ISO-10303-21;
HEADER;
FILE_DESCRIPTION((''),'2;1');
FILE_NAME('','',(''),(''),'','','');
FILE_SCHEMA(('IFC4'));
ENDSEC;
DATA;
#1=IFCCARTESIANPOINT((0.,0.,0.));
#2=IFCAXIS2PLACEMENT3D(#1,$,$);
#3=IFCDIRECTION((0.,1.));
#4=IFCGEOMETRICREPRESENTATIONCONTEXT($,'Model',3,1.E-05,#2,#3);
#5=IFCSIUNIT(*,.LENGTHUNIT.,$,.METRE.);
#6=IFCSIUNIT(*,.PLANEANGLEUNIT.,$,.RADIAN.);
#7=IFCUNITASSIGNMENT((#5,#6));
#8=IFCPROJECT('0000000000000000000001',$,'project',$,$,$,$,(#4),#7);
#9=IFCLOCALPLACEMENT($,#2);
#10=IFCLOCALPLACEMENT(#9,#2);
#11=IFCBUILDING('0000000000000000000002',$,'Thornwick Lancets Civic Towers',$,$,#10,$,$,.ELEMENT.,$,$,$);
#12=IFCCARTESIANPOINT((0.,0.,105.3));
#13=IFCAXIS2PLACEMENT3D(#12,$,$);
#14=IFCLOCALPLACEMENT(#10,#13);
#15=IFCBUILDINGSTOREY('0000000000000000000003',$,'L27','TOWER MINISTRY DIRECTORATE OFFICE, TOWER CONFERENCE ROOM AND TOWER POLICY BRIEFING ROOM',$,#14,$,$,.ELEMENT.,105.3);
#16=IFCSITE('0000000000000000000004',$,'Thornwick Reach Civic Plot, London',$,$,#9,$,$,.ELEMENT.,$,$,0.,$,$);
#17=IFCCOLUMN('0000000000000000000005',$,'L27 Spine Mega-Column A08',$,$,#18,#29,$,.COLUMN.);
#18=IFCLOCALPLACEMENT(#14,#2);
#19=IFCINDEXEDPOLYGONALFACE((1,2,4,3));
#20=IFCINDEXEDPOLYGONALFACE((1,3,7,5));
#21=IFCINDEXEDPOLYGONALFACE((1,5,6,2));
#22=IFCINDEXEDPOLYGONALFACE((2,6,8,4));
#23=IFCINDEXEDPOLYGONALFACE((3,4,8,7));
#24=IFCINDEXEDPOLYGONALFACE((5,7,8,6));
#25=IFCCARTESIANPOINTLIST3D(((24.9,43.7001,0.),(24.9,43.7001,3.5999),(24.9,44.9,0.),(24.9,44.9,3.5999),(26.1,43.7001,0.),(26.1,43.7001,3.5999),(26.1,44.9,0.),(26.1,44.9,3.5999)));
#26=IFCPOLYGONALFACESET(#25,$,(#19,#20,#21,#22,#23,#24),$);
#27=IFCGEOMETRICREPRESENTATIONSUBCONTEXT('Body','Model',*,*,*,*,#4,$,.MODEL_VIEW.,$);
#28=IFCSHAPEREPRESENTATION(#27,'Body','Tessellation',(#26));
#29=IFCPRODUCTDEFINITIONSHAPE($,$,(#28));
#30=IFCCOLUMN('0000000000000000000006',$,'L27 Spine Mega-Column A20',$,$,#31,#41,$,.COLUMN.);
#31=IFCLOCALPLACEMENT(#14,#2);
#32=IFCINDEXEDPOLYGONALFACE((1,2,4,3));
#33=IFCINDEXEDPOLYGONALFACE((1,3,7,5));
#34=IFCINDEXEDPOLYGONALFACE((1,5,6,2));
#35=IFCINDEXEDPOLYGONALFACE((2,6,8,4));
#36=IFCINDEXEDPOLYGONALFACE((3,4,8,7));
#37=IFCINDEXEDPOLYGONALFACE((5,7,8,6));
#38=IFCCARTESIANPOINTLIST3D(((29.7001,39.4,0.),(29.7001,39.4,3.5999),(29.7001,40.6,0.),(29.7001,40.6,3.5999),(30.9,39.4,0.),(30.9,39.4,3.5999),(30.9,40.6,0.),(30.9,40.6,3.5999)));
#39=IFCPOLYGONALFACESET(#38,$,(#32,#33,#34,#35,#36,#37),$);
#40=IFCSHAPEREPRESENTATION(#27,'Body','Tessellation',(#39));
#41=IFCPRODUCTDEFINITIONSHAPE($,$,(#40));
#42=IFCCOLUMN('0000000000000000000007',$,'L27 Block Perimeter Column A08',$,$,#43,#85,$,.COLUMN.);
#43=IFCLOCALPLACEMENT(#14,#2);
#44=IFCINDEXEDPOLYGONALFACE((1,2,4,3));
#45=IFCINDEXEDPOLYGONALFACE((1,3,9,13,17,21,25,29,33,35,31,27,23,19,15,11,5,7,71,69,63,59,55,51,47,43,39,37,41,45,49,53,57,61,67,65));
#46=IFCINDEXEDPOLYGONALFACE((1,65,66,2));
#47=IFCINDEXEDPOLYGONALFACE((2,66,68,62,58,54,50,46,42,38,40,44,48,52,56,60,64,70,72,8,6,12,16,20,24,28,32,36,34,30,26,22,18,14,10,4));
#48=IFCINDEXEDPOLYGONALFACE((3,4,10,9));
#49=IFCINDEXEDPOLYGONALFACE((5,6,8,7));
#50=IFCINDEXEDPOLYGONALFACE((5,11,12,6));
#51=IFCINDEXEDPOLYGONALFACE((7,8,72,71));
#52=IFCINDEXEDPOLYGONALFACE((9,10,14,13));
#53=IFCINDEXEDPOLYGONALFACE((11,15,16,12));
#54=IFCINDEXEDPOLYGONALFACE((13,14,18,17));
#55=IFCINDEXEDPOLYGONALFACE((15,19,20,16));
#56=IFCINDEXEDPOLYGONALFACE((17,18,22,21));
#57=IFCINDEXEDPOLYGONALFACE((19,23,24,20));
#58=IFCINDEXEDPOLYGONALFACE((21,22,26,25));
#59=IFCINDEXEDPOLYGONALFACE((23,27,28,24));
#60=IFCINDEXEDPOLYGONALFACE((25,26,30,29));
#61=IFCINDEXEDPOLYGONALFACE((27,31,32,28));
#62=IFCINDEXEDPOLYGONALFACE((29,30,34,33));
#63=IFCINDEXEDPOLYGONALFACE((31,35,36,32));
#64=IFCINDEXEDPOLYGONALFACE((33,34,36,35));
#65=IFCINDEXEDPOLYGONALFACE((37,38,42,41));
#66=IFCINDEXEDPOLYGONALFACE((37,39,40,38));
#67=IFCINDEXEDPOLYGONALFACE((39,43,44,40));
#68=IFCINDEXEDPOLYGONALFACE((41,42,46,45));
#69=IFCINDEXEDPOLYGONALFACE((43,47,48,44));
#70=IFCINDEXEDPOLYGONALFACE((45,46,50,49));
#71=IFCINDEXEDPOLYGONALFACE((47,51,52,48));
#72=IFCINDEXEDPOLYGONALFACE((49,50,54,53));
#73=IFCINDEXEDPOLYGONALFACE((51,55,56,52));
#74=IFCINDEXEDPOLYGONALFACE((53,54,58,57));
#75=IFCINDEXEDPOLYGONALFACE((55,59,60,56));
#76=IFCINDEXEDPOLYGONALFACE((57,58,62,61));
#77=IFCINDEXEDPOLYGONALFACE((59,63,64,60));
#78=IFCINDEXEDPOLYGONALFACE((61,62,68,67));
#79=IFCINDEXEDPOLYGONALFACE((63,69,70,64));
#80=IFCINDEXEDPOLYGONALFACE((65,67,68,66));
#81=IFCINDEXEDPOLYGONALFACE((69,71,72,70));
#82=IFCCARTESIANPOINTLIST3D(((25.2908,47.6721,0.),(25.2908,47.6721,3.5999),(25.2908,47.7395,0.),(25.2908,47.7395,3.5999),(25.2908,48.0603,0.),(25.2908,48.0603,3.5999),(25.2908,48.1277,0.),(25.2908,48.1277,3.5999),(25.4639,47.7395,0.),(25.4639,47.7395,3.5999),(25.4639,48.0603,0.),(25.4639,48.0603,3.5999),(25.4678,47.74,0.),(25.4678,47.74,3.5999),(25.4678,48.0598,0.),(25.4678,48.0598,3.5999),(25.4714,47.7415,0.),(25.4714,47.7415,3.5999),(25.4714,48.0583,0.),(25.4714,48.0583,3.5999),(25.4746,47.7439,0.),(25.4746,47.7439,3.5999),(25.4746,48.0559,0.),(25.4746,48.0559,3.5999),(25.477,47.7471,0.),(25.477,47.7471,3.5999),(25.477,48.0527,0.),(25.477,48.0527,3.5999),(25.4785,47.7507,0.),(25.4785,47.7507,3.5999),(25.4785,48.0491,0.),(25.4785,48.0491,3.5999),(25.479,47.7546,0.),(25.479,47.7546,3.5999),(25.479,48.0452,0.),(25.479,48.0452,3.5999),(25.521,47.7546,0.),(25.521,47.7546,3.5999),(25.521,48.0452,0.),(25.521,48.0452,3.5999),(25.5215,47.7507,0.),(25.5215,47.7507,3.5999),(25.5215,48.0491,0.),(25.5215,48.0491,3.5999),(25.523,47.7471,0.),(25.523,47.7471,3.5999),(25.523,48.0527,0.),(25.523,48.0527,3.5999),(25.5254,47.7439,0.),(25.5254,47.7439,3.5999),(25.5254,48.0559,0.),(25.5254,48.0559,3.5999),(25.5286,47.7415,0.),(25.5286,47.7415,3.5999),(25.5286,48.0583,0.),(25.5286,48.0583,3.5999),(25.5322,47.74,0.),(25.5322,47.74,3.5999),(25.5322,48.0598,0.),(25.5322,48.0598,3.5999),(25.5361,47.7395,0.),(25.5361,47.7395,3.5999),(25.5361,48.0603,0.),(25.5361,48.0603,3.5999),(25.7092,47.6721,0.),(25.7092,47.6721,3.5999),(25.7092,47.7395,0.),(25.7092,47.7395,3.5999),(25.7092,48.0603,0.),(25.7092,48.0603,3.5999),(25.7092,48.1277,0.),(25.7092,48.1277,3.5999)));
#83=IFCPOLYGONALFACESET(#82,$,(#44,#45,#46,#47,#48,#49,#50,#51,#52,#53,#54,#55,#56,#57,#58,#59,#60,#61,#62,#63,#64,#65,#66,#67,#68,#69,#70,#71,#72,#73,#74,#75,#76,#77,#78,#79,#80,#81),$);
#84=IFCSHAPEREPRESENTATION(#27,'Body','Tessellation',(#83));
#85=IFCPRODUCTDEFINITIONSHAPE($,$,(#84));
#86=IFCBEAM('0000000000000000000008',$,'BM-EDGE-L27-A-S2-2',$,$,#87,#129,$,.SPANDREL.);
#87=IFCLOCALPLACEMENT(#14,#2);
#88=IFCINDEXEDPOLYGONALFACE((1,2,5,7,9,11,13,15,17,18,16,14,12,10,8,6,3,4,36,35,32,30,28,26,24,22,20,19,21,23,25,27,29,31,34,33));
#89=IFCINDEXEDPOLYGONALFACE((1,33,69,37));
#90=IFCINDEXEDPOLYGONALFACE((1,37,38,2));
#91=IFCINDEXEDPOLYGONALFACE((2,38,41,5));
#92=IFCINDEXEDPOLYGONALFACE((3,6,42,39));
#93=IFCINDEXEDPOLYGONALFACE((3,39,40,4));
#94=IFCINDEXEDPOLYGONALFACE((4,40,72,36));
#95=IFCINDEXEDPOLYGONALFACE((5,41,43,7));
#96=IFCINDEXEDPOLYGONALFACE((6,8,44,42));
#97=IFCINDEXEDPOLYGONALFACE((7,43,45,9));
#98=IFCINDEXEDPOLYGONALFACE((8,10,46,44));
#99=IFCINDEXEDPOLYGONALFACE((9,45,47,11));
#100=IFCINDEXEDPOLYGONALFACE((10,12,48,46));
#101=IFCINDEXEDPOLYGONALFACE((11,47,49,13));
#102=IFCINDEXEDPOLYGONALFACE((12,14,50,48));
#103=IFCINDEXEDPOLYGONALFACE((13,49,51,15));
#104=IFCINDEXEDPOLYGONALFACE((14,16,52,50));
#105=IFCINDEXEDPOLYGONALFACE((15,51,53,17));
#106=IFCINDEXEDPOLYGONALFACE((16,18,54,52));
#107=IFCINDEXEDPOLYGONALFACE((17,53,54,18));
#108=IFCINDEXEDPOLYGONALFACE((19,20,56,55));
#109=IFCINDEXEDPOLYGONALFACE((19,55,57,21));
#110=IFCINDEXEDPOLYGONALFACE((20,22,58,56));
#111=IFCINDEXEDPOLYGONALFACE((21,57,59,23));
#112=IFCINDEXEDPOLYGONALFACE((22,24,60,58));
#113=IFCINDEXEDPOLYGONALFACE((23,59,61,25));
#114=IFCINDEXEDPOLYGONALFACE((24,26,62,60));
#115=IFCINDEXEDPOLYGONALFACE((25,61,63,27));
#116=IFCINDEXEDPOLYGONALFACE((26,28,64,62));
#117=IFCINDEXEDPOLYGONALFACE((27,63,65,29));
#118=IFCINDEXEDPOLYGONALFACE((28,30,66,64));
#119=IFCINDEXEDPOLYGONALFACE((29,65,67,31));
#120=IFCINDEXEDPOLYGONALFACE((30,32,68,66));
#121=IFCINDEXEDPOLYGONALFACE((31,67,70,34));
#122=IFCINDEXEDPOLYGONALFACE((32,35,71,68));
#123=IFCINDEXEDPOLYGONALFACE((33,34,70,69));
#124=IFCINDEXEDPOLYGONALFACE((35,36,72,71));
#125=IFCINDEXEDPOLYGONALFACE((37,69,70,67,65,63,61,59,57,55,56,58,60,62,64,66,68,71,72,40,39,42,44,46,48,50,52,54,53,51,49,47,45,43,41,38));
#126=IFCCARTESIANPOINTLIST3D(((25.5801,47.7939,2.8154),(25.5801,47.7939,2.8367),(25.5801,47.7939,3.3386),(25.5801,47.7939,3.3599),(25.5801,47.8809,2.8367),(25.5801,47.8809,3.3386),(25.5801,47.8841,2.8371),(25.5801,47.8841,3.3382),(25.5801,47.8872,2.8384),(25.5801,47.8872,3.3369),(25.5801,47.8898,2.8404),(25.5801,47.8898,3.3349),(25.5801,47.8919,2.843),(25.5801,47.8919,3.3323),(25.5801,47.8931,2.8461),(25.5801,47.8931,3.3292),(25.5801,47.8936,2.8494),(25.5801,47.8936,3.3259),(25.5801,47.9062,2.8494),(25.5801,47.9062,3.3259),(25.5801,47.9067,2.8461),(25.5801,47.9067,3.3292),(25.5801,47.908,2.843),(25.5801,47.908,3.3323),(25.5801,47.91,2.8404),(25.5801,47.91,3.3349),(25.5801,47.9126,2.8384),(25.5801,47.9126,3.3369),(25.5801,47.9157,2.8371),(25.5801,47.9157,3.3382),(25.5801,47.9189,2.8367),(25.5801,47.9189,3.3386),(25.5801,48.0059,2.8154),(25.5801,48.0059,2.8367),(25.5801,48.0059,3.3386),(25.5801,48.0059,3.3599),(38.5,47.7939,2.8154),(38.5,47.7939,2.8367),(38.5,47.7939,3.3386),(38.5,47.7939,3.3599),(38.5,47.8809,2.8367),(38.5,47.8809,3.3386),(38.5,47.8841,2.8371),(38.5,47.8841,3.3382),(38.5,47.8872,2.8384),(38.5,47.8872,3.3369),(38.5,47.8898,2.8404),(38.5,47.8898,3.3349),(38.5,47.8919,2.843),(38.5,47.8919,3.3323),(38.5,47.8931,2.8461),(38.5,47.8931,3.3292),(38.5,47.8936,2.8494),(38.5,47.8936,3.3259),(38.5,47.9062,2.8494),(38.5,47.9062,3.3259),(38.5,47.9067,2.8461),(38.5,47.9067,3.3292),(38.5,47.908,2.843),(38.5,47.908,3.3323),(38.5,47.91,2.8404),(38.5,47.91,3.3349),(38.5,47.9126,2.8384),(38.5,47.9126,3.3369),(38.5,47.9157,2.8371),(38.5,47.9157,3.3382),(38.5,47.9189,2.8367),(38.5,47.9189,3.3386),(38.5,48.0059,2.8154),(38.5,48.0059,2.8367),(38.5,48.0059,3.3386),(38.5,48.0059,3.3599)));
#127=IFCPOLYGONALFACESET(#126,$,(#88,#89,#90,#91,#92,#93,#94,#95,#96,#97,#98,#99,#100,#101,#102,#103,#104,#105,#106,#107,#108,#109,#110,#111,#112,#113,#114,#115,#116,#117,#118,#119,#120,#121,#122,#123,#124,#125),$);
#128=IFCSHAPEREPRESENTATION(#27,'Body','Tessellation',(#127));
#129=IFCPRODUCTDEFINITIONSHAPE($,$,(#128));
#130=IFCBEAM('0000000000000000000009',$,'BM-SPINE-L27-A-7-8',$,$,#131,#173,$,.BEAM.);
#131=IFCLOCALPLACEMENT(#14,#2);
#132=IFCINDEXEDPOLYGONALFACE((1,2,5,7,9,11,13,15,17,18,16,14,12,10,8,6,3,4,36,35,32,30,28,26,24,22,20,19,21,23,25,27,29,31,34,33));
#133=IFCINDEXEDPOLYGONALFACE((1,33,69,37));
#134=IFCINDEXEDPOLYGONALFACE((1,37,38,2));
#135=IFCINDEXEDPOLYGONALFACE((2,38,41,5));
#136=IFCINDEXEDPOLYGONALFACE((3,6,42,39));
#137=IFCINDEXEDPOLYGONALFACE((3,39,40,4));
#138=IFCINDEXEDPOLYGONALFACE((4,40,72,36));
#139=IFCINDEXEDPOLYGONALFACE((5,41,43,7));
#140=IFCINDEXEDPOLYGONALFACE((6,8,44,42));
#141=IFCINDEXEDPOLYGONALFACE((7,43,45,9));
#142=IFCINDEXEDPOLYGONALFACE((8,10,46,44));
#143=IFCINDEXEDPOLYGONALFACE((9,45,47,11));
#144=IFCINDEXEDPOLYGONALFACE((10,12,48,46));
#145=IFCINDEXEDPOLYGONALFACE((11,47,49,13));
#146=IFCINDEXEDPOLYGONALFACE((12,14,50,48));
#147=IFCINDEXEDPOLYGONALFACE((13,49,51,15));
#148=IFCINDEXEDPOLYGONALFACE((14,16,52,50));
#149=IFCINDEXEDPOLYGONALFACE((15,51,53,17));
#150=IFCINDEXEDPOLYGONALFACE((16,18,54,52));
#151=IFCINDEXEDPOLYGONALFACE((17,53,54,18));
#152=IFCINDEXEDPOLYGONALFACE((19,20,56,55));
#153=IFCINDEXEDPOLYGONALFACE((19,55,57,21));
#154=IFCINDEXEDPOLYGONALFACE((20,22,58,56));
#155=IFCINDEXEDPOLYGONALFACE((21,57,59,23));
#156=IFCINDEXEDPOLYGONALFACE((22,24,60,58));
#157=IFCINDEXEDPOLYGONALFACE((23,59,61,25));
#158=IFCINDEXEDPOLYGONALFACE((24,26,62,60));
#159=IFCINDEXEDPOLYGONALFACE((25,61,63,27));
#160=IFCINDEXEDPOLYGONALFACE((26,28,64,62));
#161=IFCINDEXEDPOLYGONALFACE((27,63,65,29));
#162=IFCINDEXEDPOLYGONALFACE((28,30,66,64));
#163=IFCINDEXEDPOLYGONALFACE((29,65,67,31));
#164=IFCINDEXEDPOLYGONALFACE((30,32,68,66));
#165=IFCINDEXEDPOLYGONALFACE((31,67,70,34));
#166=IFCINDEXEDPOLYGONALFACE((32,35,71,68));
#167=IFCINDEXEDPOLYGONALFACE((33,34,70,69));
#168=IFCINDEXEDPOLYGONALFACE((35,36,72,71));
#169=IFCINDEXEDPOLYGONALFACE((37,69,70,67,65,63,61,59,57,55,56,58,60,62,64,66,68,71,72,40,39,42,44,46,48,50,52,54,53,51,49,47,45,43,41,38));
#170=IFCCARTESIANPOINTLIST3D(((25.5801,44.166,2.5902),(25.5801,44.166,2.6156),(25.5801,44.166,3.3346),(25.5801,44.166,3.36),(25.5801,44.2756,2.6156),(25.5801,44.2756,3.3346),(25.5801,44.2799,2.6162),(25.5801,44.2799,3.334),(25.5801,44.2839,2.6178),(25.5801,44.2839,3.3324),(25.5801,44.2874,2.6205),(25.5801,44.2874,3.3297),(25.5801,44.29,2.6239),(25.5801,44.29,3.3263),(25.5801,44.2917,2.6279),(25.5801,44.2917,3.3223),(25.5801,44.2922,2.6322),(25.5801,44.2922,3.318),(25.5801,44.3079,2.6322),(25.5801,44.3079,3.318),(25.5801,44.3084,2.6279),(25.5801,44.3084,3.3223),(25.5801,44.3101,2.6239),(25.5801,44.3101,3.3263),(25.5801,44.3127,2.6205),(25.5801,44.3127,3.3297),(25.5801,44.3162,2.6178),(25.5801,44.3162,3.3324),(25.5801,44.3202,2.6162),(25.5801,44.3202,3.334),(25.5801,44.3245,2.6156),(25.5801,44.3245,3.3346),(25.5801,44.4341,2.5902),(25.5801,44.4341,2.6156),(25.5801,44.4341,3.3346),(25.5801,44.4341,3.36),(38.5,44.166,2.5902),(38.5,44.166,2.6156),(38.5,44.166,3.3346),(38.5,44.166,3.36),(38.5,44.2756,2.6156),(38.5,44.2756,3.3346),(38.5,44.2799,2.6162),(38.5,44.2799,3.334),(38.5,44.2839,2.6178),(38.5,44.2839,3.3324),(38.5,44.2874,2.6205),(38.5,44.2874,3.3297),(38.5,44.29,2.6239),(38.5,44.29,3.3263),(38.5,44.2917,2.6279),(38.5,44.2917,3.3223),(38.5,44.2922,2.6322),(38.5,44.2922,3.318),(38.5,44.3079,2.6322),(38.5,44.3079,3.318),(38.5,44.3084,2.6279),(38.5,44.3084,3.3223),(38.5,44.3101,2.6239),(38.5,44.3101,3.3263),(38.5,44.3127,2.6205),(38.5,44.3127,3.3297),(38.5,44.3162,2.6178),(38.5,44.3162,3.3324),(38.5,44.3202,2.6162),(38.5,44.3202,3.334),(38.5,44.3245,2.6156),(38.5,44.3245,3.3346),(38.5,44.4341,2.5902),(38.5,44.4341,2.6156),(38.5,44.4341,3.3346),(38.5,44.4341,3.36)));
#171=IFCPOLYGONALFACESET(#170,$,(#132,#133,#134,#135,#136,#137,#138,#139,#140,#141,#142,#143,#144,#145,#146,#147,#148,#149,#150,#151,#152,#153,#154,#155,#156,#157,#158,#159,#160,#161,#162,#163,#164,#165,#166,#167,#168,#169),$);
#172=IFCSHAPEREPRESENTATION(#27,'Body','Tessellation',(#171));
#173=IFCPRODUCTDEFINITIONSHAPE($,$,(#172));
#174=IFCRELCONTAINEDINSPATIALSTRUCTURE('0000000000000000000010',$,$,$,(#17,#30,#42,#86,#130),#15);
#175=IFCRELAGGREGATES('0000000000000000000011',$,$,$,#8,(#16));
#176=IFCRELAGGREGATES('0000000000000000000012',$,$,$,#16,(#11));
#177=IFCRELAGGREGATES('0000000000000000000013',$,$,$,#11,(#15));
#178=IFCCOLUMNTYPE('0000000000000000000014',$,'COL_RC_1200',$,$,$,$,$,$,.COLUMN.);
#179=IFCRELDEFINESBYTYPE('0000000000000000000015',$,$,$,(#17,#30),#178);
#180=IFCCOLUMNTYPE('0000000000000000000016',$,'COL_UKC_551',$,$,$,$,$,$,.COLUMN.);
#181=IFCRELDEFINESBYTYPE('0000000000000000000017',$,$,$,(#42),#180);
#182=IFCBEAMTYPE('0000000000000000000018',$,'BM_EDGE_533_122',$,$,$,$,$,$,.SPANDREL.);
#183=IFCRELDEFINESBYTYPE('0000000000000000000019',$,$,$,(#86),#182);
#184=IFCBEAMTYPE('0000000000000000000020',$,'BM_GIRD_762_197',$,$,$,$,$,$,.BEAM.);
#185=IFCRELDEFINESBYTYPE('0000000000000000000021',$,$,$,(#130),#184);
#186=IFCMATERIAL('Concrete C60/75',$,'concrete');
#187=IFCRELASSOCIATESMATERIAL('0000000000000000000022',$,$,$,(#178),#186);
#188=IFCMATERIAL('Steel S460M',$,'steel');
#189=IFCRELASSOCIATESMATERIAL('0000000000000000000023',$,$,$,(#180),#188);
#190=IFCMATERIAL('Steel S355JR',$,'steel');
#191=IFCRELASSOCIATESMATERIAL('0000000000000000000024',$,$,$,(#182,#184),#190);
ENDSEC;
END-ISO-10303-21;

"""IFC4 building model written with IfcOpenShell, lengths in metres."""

from ifc_helpers import new_model, si_unit, direction, frame, origin, origin_2d, place, context, subcontext, project, spatial, rectangle, i_section, extrude, material, material_profile, profile_set, type_object, element, save


model = new_model("IFC4")

# Units and contexts
model_context = context("Model", 3, precision=1e-05, world=origin(), true_north=direction((0.0, 1.0)))
body_context = subcontext(model_context, "Body", "Model", "MODEL_VIEW")
ifc_project = project(units=[si_unit("LENGTHUNIT", "METRE"), si_unit("PLANEANGLEUNIT", "RADIAN")], contexts=[model_context])

# Site, building, storey
site_placement = place(None, origin())
site = spatial("IfcSite", under=ifc_project, at=site_placement, Name="Thornwick Reach Civic Plot, London", CompositionType="ELEMENT", RefElevation=0.0)
building_placement = place(site_placement, origin())
building = spatial("IfcBuilding", under=site, at=building_placement, Name="Thornwick Lancets Civic Towers", CompositionType="ELEMENT")
storey_placement = place(building_placement, frame((0.0, 0.0, 105.3)))
storey = spatial("IfcBuildingStorey", under=building, at=storey_placement, Name="L27", Description="TOWER MINISTRY DIRECTORATE OFFICE, TOWER CONFERENCE ROOM AND TOWER POLICY BRIEFING ROOM", CompositionType="ELEMENT", Elevation=105.3)

# Columns
ifc_material_1 = material(Name="Concrete C60/75", Category="concrete")
ifc_material_profile_1 = material_profile(ifc_material_1, rectangle(XDim=1.2, YDim=1.2, at=origin_2d()), Name="RC 1200x1200")
ifc_profile_set_1 = profile_set([ifc_material_profile_1], Name="Concrete C60/75")
column_type_1 = type_object("IfcColumnType", Name="COL_RC_1200", PredefinedType="COLUMN", material=ifc_profile_set_1)
for number, where, z_axis, x_axis, name in (
    (1, (25.5, 44.3, 0.0), (0.0, 0.0, 1.0), (1.0, 0.0, 0.0), "L27 Spine Mega-Column A08"),
    (2, (30.3, 40.0, 0.0), (0.0, 0.0, 1.0), (1.0, 0.0, 0.0), "L27 Spine Mega-Column A20"),
):
    element("IfcColumn", number, at=place(storey_placement, frame(where, z_axis=z_axis, x_axis=x_axis)), inside=storey, type_object=column_type_1, Name=name, PredefinedType="COLUMN", context=body_context, shape_type="SweptSolid", body=[
        extrude(rectangle(XDim=1.2, YDim=1.2, at=origin_2d()), origin(), (0.0, 0.0, 1.0), 3.5999),
    ])
ifc_material_2 = material(Name="Steel S460M", Category="steel")
ifc_material_profile_2 = material_profile(ifc_material_2, i_section(OverallWidth=0.4185, OverallDepth=0.4556, WebThickness=0.042, FlangeThickness=0.0674, FilletRadius=0.0151, at=origin_2d()), Name="UKC 356x406x551")
ifc_profile_set_2 = profile_set([ifc_material_profile_2], Name="Steel S460M")
column_type_2 = type_object("IfcColumnType", Name="COL_UKC_551", PredefinedType="COLUMN", material=ifc_profile_set_2)
column_placement = place(storey_placement, frame((25.5, 47.8999, 0.0), z_axis=(0.0, 0.0, 1.0), x_axis=(1.0, 0.0, 0.0)))
element("IfcColumn", 3, at=column_placement, inside=storey, type_object=column_type_2, Name="L27 Block Perimeter Column A08", PredefinedType="COLUMN", context=body_context, shape_type="SweptSolid", body=[
    extrude(i_section(OverallWidth=0.4185, OverallDepth=0.4556, WebThickness=0.042, FlangeThickness=0.0674, FilletRadius=0.0151, at=origin_2d()), origin(), (0.0, 0.0, 1.0), 3.5999),
])

# Beams
ifc_material_3 = material(Name="Steel S355JR", Category="steel")
ifc_material_profile_3 = material_profile(ifc_material_3, i_section(OverallWidth=0.2119, OverallDepth=0.5444, WebThickness=0.0127, FlangeThickness=0.0212, FilletRadius=0.0127, at=origin_2d()), Name="UKB 533x210x122")
ifc_profile_set_3 = profile_set([ifc_material_profile_3], Name="Steel S355JR")
beam_type_1 = type_object("IfcBeamType", Name="BM_EDGE_533_122", PredefinedType="SPANDREL", material=ifc_profile_set_3)
beam_1_placement = place(storey_placement, frame((25.5801, 47.8999, 3.0876), z_axis=(1.0, 0.0, 0.0), x_axis=(0.0, 1.0, 0.0)))
element("IfcBeam", 4, at=beam_1_placement, inside=storey, type_object=beam_type_1, Name="BM-EDGE-L27-A-S2-2", PredefinedType="SPANDREL", context=body_context, shape_type="SweptSolid", body=[
    extrude(i_section(OverallWidth=0.2119, OverallDepth=0.5444, WebThickness=0.0127, FlangeThickness=0.0212, FilletRadius=0.0127, at=origin_2d()), origin(), (0.0, 0.0, 1.0), 12.9199),
])
ifc_material_profile_4 = material_profile(ifc_material_3, i_section(OverallWidth=0.2681, OverallDepth=0.7698, WebThickness=0.0156, FlangeThickness=0.0254, FilletRadius=0.0166, at=origin_2d()), Name="UKB 762x267x197")
ifc_profile_set_4 = profile_set([ifc_material_profile_4], Name="Steel S355JR")
beam_type_2 = type_object("IfcBeamType", Name="BM_GIRD_762_197", PredefinedType="BEAM", material=ifc_profile_set_4)
beam_2_placement = place(storey_placement, frame((25.5801, 44.3, 2.9751), z_axis=(1.0, 0.0, 0.0), x_axis=(0.0, 1.0, 0.0)))
element("IfcBeam", 5, at=beam_2_placement, inside=storey, type_object=beam_type_2, Name="BM-SPINE-L27-A-7-8", PredefinedType="BEAM", context=body_context, shape_type="SweptSolid", body=[
    extrude(i_section(OverallWidth=0.2681, OverallDepth=0.7698, WebThickness=0.0156, FlangeThickness=0.0254, FilletRadius=0.0166, at=origin_2d()), origin(), (0.0, 0.0, 1.0), 12.9199),
])

save(model, "model.ifc")
